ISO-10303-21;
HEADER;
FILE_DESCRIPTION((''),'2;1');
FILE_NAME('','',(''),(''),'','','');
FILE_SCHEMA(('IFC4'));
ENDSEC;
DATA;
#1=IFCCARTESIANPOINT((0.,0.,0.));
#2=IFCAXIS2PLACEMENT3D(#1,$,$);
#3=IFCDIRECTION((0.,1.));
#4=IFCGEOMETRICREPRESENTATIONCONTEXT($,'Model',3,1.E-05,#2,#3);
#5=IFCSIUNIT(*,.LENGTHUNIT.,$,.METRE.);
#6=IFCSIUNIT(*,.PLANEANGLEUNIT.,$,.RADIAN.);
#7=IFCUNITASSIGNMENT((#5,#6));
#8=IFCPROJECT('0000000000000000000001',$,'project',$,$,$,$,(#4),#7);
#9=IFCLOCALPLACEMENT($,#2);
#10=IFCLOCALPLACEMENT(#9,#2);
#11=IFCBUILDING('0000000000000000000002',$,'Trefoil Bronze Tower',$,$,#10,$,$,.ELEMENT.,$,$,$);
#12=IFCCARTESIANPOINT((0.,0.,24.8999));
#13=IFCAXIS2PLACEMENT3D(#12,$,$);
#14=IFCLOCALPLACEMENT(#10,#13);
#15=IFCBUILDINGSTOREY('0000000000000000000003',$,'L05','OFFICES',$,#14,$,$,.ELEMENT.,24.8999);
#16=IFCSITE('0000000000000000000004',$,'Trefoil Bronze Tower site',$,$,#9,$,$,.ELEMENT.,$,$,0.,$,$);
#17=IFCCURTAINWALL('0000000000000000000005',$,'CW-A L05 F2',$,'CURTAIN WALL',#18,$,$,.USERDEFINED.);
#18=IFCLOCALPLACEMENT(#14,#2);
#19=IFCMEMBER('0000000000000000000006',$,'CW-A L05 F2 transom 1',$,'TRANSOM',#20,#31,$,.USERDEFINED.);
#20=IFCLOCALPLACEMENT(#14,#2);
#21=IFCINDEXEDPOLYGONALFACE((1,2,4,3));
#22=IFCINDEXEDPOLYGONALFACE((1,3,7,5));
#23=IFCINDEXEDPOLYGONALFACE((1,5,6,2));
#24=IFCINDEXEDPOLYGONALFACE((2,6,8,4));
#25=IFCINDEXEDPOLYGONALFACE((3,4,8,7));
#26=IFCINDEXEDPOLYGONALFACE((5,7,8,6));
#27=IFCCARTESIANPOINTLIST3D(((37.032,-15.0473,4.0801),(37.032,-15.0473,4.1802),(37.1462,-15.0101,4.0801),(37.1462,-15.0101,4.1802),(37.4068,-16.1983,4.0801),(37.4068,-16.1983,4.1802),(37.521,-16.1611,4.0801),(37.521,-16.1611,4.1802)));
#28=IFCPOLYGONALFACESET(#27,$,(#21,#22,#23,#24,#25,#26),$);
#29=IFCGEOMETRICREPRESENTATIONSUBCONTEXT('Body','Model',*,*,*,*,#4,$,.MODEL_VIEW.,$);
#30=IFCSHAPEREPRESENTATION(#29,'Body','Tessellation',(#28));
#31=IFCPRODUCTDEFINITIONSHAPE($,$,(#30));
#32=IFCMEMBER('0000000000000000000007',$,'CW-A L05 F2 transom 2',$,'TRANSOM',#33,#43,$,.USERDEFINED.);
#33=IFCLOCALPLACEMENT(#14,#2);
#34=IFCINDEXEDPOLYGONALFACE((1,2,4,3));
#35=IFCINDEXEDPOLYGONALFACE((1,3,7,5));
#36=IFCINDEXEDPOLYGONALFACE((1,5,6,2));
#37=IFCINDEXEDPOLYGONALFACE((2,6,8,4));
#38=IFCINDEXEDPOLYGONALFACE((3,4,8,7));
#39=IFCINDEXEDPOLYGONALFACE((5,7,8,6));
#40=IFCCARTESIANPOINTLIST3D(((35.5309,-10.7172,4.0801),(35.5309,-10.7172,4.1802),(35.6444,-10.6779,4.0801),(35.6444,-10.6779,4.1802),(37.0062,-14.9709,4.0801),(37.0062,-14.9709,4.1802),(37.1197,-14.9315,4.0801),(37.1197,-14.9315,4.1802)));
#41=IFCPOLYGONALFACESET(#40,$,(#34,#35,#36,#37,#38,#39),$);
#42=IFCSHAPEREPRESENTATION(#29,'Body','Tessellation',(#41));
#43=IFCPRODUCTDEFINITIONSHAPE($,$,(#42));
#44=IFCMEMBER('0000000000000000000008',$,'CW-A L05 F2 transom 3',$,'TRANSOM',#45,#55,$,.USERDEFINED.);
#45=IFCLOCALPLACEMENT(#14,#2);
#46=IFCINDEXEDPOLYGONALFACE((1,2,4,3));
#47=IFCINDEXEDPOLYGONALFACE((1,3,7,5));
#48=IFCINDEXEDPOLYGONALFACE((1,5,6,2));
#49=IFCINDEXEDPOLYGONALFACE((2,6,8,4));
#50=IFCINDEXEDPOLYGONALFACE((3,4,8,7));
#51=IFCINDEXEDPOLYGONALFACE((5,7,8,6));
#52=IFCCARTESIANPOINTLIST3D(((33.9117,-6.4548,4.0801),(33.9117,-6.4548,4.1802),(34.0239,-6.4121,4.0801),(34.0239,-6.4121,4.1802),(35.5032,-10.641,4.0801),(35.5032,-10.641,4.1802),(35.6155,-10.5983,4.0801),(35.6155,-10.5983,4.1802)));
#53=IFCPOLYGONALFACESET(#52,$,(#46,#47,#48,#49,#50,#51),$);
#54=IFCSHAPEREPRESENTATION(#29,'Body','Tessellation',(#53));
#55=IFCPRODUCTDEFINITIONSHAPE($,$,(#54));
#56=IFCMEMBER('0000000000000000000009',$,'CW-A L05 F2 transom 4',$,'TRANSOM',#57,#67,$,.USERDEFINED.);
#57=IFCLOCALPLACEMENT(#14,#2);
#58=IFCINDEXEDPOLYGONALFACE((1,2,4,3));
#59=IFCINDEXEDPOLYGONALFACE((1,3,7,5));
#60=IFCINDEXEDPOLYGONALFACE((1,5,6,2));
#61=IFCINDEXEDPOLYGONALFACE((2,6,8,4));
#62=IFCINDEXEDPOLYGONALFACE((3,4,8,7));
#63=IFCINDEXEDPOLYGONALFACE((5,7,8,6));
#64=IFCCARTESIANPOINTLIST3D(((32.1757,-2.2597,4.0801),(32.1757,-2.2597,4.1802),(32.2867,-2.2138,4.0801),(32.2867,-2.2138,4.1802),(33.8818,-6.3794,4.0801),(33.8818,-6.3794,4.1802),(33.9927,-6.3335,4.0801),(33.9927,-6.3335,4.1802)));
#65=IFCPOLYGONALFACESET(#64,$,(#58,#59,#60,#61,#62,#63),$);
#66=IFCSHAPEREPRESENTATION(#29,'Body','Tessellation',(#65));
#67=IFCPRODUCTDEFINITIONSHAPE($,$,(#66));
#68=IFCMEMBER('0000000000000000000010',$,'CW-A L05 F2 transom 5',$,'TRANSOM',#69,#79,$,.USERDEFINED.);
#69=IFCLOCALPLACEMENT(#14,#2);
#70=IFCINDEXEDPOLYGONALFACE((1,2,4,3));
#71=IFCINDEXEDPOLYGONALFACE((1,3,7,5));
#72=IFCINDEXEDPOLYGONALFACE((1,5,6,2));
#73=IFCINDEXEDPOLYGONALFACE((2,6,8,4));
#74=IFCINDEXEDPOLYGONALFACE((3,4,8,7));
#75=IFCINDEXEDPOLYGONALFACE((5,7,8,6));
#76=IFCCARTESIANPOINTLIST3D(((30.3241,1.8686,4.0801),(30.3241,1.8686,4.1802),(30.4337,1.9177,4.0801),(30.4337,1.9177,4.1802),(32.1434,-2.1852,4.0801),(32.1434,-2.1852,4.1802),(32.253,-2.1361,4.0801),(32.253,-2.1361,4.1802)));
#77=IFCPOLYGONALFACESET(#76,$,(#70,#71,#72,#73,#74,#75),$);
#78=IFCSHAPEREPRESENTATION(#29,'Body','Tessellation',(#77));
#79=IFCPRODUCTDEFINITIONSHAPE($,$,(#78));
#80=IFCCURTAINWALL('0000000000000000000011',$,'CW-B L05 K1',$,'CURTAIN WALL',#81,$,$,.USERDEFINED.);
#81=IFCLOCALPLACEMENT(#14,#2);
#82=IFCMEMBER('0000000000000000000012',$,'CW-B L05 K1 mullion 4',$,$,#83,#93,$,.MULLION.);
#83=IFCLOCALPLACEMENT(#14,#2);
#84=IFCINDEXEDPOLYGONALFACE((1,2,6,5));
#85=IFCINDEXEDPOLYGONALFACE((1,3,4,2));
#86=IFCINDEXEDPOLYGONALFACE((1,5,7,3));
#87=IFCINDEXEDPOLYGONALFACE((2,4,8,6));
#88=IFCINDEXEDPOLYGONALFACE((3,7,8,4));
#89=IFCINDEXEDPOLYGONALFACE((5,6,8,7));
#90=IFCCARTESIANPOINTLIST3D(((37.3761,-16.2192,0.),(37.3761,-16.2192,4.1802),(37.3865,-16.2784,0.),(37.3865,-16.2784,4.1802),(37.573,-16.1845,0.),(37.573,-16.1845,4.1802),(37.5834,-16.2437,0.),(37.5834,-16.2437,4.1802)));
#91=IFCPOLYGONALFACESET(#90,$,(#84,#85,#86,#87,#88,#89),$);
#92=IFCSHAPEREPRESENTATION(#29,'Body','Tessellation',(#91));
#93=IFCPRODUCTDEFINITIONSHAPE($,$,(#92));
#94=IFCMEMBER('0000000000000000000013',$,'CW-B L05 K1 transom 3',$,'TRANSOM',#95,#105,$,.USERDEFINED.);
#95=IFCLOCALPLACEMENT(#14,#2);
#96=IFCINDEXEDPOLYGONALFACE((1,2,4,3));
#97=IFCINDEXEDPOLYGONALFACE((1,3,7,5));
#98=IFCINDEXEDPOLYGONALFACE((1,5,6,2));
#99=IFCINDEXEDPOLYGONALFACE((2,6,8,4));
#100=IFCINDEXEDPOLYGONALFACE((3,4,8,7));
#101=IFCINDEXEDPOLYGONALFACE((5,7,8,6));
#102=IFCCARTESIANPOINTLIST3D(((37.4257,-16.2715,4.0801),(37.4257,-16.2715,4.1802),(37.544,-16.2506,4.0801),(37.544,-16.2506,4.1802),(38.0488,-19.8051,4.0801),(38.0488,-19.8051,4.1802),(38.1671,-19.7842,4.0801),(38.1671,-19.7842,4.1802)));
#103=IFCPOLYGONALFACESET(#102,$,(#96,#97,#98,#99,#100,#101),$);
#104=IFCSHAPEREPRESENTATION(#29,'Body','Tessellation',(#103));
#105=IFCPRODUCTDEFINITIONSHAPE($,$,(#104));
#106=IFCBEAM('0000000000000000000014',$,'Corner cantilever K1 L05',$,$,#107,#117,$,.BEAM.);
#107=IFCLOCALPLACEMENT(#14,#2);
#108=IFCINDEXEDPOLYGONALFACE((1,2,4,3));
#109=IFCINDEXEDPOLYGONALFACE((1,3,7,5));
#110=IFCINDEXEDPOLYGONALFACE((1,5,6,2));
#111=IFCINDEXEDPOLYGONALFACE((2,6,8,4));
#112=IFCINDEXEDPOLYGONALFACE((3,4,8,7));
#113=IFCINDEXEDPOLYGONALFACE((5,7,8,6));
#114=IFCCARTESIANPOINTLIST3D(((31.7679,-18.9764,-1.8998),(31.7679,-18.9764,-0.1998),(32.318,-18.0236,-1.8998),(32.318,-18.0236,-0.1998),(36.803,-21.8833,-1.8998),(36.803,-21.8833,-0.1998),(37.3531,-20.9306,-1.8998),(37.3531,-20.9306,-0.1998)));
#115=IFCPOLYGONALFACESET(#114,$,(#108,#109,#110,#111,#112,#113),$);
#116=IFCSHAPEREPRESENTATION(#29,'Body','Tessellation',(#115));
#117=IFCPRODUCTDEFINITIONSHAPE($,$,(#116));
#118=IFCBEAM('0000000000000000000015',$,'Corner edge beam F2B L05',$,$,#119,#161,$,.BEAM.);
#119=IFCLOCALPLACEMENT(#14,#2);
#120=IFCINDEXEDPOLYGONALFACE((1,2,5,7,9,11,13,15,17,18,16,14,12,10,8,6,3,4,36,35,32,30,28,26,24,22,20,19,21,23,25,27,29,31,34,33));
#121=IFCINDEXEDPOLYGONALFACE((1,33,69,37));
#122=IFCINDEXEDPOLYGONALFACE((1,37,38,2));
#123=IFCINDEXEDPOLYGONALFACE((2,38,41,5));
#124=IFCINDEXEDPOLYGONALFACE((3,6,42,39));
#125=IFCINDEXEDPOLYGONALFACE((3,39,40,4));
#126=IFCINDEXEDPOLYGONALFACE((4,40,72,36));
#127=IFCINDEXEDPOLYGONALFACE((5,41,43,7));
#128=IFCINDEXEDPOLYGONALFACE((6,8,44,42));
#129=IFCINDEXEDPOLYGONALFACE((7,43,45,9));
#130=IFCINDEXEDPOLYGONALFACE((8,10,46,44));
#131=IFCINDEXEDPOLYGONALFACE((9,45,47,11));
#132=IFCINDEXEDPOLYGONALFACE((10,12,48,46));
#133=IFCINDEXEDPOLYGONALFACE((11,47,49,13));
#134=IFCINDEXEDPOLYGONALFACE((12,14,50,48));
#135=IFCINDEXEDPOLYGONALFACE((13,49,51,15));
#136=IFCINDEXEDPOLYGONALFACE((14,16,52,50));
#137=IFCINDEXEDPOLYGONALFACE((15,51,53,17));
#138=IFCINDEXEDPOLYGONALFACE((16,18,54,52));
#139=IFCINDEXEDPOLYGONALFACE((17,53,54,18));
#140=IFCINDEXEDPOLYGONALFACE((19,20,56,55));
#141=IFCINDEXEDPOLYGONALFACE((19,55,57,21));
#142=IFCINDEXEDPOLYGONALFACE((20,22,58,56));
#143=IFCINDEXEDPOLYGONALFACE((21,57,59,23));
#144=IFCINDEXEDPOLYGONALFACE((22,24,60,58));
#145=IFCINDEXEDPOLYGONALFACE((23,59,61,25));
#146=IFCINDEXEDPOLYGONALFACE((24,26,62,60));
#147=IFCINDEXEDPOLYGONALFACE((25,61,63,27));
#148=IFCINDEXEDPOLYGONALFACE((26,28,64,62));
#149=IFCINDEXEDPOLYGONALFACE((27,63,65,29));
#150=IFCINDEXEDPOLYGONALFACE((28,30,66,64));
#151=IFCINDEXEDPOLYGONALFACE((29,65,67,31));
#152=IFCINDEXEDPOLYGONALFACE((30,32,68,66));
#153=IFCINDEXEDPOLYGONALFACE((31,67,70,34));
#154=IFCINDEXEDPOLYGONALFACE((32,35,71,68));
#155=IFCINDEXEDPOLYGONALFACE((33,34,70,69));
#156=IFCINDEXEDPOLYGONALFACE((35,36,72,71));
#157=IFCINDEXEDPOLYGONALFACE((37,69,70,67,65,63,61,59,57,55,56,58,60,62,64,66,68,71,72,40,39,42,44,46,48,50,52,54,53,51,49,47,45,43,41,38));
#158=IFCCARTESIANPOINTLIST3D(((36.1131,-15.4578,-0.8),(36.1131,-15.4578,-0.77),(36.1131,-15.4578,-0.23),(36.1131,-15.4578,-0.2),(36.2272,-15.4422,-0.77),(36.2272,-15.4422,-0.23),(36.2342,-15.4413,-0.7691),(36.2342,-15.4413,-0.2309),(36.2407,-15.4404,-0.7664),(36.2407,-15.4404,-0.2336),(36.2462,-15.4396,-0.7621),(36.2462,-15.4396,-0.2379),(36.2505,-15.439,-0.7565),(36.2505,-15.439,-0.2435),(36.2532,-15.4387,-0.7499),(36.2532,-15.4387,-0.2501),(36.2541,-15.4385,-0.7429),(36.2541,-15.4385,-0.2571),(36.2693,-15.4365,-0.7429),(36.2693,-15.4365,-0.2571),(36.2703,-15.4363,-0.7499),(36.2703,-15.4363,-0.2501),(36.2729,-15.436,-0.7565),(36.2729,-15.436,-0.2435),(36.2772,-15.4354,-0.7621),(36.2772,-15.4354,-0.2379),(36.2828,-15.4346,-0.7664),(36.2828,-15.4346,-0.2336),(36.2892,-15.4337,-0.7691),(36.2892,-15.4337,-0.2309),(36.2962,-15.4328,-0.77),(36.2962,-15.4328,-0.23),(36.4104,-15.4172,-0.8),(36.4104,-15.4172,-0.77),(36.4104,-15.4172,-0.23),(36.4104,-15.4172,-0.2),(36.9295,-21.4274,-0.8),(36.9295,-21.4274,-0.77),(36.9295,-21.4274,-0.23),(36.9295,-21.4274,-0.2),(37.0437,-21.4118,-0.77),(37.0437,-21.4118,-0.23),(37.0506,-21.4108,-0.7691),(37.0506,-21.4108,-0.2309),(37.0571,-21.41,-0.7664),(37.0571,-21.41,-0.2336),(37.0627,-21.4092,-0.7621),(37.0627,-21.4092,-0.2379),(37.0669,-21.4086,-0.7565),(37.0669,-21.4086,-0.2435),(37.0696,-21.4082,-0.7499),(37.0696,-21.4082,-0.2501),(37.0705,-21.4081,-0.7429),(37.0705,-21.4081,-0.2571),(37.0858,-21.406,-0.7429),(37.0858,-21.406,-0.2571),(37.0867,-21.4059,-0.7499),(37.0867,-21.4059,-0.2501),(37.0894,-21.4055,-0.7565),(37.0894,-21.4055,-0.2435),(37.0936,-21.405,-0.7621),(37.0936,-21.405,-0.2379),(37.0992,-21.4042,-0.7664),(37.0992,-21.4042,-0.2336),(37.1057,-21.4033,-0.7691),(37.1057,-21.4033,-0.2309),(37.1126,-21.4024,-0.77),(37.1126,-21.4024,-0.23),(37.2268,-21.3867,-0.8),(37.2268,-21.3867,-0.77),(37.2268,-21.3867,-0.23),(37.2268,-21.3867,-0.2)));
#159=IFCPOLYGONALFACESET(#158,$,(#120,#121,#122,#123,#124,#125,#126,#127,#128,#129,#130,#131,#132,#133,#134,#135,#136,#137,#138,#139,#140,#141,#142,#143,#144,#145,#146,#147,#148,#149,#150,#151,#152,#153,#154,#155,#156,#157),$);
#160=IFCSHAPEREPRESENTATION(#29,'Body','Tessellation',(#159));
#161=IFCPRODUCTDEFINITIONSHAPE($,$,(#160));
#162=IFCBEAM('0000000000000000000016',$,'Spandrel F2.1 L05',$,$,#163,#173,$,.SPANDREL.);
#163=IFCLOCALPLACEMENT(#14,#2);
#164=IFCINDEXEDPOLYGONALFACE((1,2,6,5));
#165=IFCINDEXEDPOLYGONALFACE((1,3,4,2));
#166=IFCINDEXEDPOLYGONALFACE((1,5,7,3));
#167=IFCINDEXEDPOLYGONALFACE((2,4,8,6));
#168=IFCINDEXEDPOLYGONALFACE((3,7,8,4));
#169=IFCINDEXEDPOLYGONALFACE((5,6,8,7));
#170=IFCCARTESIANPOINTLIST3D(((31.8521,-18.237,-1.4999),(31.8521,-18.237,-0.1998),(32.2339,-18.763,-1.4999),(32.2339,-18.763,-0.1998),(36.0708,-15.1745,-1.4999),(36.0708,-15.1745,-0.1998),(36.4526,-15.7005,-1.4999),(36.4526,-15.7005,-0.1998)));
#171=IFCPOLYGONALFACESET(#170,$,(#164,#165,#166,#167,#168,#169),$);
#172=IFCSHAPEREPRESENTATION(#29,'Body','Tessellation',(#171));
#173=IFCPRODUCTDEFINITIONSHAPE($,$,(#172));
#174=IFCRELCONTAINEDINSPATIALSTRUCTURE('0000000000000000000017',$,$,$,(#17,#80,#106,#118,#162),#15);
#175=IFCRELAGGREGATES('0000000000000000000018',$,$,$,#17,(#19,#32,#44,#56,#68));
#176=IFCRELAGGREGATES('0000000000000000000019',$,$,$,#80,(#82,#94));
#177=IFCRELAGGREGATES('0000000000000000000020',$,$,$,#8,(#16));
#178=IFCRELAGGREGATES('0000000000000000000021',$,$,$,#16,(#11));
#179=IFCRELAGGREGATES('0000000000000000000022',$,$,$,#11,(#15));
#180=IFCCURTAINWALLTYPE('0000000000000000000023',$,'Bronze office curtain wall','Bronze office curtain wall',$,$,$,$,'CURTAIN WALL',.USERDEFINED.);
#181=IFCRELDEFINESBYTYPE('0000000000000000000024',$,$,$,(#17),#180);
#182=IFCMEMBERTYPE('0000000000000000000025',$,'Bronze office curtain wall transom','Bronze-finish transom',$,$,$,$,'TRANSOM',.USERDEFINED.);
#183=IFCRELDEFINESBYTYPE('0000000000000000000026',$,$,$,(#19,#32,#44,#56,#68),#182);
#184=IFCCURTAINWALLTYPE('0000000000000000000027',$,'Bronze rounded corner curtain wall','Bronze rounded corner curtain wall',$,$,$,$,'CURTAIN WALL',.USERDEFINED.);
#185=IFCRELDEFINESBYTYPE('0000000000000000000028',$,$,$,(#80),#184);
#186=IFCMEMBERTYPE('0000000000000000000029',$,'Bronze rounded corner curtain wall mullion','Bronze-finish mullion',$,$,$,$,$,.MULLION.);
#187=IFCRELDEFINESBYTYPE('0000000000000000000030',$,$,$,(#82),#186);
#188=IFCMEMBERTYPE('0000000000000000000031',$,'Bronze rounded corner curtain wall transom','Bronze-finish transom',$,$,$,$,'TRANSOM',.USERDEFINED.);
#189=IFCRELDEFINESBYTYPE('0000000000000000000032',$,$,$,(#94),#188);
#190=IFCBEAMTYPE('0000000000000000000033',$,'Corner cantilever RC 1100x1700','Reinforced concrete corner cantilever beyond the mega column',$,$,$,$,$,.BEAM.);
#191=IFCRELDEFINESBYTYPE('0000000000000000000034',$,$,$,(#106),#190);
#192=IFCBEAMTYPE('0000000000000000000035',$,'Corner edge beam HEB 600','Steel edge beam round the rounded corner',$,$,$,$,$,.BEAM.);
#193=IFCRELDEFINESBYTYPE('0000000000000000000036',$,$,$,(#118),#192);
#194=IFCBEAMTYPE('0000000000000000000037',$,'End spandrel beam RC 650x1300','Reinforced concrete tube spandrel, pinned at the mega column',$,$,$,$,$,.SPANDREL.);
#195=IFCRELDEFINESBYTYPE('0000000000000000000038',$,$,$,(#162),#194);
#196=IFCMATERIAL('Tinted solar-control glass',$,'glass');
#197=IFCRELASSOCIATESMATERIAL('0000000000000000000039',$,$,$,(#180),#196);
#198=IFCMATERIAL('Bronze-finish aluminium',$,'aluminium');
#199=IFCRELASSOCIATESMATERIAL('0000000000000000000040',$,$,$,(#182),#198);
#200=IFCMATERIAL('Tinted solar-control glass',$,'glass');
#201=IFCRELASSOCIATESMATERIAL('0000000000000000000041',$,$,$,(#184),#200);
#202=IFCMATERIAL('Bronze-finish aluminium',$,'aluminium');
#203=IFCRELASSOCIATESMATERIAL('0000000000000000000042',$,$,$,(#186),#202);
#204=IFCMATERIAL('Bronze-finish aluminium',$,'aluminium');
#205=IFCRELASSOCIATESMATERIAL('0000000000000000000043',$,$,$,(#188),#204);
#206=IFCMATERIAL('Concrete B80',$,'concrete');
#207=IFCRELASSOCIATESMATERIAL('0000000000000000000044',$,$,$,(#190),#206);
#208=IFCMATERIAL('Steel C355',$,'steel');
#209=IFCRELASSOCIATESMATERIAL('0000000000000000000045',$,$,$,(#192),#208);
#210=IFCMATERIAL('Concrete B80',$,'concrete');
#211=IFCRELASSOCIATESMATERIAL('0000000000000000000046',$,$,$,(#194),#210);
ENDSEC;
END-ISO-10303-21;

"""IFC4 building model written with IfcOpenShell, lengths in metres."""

from ifc_helpers import new_model, si_unit, direction, frame, origin, origin_2d, place, context, subcontext, project, spatial, rectangle, i_section, extrude, material, material_profile, profile_set, type_object, element, aggregate, save


model = new_model("IFC4")

# Units and contexts
model_context = context("Model", 3, precision=1e-05, world=origin(), true_north=direction((0.0, 1.0)))
body_context = subcontext(model_context, "Body", "Model", "MODEL_VIEW")
ifc_project = project(units=[si_unit("LENGTHUNIT", "METRE"), si_unit("PLANEANGLEUNIT", "RADIAN")], contexts=[model_context])

# Site, building, storey
site_placement = place(None, origin())
site = spatial("IfcSite", under=ifc_project, at=site_placement, Name="Trefoil Bronze Tower site", CompositionType="ELEMENT", RefElevation=0.0)
building_placement = place(site_placement, origin())
building = spatial("IfcBuilding", under=site, at=building_placement, Name="Trefoil Bronze Tower", CompositionType="ELEMENT")
storey_placement = place(building_placement, frame((0.0, 0.0, 24.8999)))
storey = spatial("IfcBuildingStorey", under=building, at=storey_placement, Name="L05", Description="OFFICES", CompositionType="ELEMENT", Elevation=24.8999)

# Curtain walls, members
ifc_material_1 = material(Name="Tinted solar-control glass", Category="glass")
curtain_wall_type_1 = type_object("IfcCurtainWallType", Name="Bronze office curtain wall", Description="Bronze office curtain wall", ElementType="CURTAIN WALL", PredefinedType="USERDEFINED", material=ifc_material_1)
curtain_wall_1_placement = place(storey_placement, origin())
curtain_wall_1 = element("IfcCurtainWall", 1, at=curtain_wall_1_placement, inside=storey, type_object=curtain_wall_type_1, Name="CW-A L05 F2", ObjectType="CURTAIN WALL", PredefinedType="USERDEFINED")
ifc_material_2 = material(Name="Bronze-finish aluminium", Category="aluminium")
ifc_material_profile_1 = material_profile(ifc_material_2, rectangle(XDim=0.1201, YDim=0.1001, at=origin_2d()), Name="CW-A transom")
ifc_profile_set_1 = profile_set([ifc_material_profile_1], Name="Bronze-finish aluminium")
member_type_1 = type_object("IfcMemberType", Name="Bronze office curtain wall transom", Description="Bronze-finish transom", ElementType="TRANSOM", PredefinedType="USERDEFINED", material=ifc_profile_set_1)
member_1_placement = place(storey_placement, frame((37.4639, -16.1797, 4.1301), z_axis=(-0.309624, 0.950859, 0.0), x_axis=(-0.950859, -0.309624, 0.0)))
member_1 = element("IfcMember", 2, at=member_1_placement, type_object=member_type_1, Name="CW-A L05 F2 transom 1", ObjectType="TRANSOM", PredefinedType="USERDEFINED", context=body_context, shape_type="SweptSolid", body=[
    extrude(rectangle(XDim=0.1201, YDim=0.1001, at=origin_2d()), origin(), (0.0, 0.0, 1.0), 1.2104),
])
member_2_placement = place(storey_placement, frame((37.063, -14.9512, 4.1301), z_axis=(-0.32769, 0.944785, 0.0), x_axis=(-0.944785, -0.32769, 0.0)))
member_2 = element("IfcMember", 3, at=member_2_placement, type_object=member_type_1, Name="CW-A L05 F2 transom 2", ObjectType="TRANSOM", PredefinedType="USERDEFINED", context=body_context, shape_type="SweptSolid", body=[
    extrude(rectangle(XDim=0.1201, YDim=0.1001, at=origin_2d()), origin(), (0.0, 0.0, 1.0), 4.5022),
])
member_3_placement = place(storey_placement, frame((35.5593, -10.6196, 4.1301), z_axis=(-0.355367, 0.934727, 0.0), x_axis=(-0.934727, -0.355367, 0.0)))
member_3 = element("IfcMember", 4, at=member_3_placement, type_object=member_type_1, Name="CW-A L05 F2 transom 3", ObjectType="TRANSOM", PredefinedType="USERDEFINED", context=body_context, shape_type="SweptSolid", body=[
    extrude(rectangle(XDim=0.1201, YDim=0.1001, at=origin_2d()), origin(), (0.0, 0.0, 1.0), 4.4785),
])
member_4_placement = place(storey_placement, frame((33.9373, -6.3564, 4.1301), z_axis=(-0.382616, 0.923907, 0.0), x_axis=(-0.923907, -0.382616, 0.0)))
member_4 = element("IfcMember", 5, at=member_4_placement, type_object=member_type_1, Name="CW-A L05 F2 transom 4", ObjectType="TRANSOM", PredefinedType="USERDEFINED", context=body_context, shape_type="SweptSolid", body=[
    extrude(rectangle(XDim=0.1201, YDim=0.1001, at=origin_2d()), origin(), (0.0, 0.0, 1.0), 4.459),
])
member_5_placement = place(storey_placement, frame((32.1982, -2.1606, 4.1301), z_axis=(-0.40946, 0.912328, 0.0), x_axis=(-0.912328, -0.40946, 0.0)))
member_5 = element("IfcMember", 6, at=member_5_placement, type_object=member_type_1, Name="CW-A L05 F2 transom 5", ObjectType="TRANSOM", PredefinedType="USERDEFINED", context=body_context, shape_type="SweptSolid", body=[
    extrude(rectangle(XDim=0.1201, YDim=0.1001, at=origin_2d()), origin(), (0.0, 0.0, 1.0), 4.4434),
])
ifc_material_3 = material(Name="Tinted solar-control glass", Category="glass")
curtain_wall_type_2 = type_object("IfcCurtainWallType", Name="Bronze rounded corner curtain wall", Description="Bronze rounded corner curtain wall", ElementType="CURTAIN WALL", PredefinedType="USERDEFINED", material=ifc_material_3)
curtain_wall_2_placement = place(storey_placement, origin())
curtain_wall_2 = element("IfcCurtainWall", 7, at=curtain_wall_2_placement, inside=storey, type_object=curtain_wall_type_2, Name="CW-B L05 K1", ObjectType="CURTAIN WALL", PredefinedType="USERDEFINED")
ifc_material_4 = material(Name="Bronze-finish aluminium", Category="aluminium")
ifc_material_profile_2 = material_profile(ifc_material_4, rectangle(XDim=0.2, YDim=0.0601, at=origin_2d()), Name="CW-B mullion")
ifc_profile_set_2 = profile_set([ifc_material_profile_2], Name="Bronze-finish aluminium")
member_type_2 = type_object("IfcMemberType", Name="Bronze rounded corner curtain wall mullion", Description="Bronze-finish mullion", PredefinedType="MULLION", material=ifc_profile_set_2)
member_6_placement = place(storey_placement, frame((37.4797, -16.2314, 0.0), z_axis=(0.0, 0.0, 1.0), x_axis=(-0.984808, -0.173648, 0.0)))
member_6 = element("IfcMember", 8, at=member_6_placement, type_object=member_type_2, Name="CW-B L05 K1 mullion 4", PredefinedType="MULLION", context=body_context, shape_type="SweptSolid", body=[
    extrude(rectangle(XDim=0.2, YDim=0.0601, at=origin_2d()), origin(), (0.0, 0.0, 1.0), 4.1802),
])
ifc_material_5 = material(Name="Bronze-finish aluminium", Category="aluminium")
ifc_material_profile_3 = material_profile(ifc_material_5, rectangle(XDim=0.1201, YDim=0.1001, at=origin_2d()), Name="CW-B transom")
ifc_profile_set_3 = profile_set([ifc_material_profile_3], Name="Bronze-finish aluminium")
member_type_3 = type_object("IfcMemberType", Name="Bronze rounded corner curtain wall transom", Description="Bronze-finish transom", ElementType="TRANSOM", PredefinedType="USERDEFINED", material=ifc_profile_set_3)
member_7_placement = place(storey_placement, frame((38.1079, -19.7947, 4.1301), z_axis=(-0.173638, 0.98481, 0.0), x_axis=(-0.98481, -0.173638, 0.0)))
member_7 = element("IfcMember", 9, at=member_7_placement, type_object=member_type_3, Name="CW-B L05 K1 transom 3", ObjectType="TRANSOM", PredefinedType="USERDEFINED", context=body_context, shape_type="SweptSolid", body=[
    extrude(rectangle(XDim=0.1201, YDim=0.1001, at=origin_2d()), origin(), (0.0, 0.0, 1.0), 3.5881),
])

# Beams
ifc_material_6 = material(Name="Concrete B80", Category="concrete")
ifc_material_profile_4 = material_profile(ifc_material_6, rectangle(XDim=1.1001, YDim=1.7, at=origin_2d()), Name="RC 1100x1700")
ifc_profile_set_4 = profile_set([ifc_material_profile_4], Name="Concrete B80")
beam_type_1 = type_object("IfcBeamType", Name="Corner cantilever RC 1100x1700", Description="Reinforced concrete corner cantilever beyond the mega column", PredefinedType="BEAM", material=ifc_profile_set_4)
beam_1_placement = place(storey_placement, frame((32.043, -18.5, -1.0498), z_axis=(0.86603, -0.499991, 0.0), x_axis=(0.499991, 0.86603, 0.0)))
element("IfcBeam", 10, at=beam_1_placement, inside=storey, type_object=beam_type_1, Name="Corner cantilever K1 L05", PredefinedType="BEAM", context=body_context, shape_type="SweptSolid", body=[
    extrude(rectangle(XDim=1.1001, YDim=1.7, at=origin_2d()), origin(), (0.0, 0.0, 1.0), 5.814),
])
ifc_material_7 = material(Name="Steel C355", Category="steel")
ifc_material_profile_5 = material_profile(ifc_material_7, i_section(OverallWidth=0.3, OverallDepth=0.6001, WebThickness=0.0154, FlangeThickness=0.03, FilletRadius=0.0271, at=origin_2d()), Name="HEB 600")
ifc_profile_set_5 = profile_set([ifc_material_profile_5], Name="Steel C355")
beam_type_2 = type_object("IfcBeamType", Name="Corner edge beam HEB 600", Description="Steel edge beam round the rounded corner", PredefinedType="BEAM", material=ifc_profile_set_5)
beam_2_placement = place(storey_placement, frame((36.2617, -15.4375, -0.5), z_axis=(0.135502, -0.990777, 0.0), x_axis=(0.990777, 0.135502, 0.0)))
element("IfcBeam", 11, at=beam_2_placement, inside=storey, type_object=beam_type_2, Name="Corner edge beam F2B L05", PredefinedType="BEAM", context=body_context, shape_type="SweptSolid", body=[
    extrude(i_section(OverallWidth=0.3, OverallDepth=0.6001, WebThickness=0.0154, FlangeThickness=0.03, FilletRadius=0.0271, at=origin_2d()), origin(), (0.0, 0.0, 1.0), 6.0251),
])
ifc_material_8 = material(Name="Concrete B80", Category="concrete")
ifc_material_profile_6 = material_profile(ifc_material_8, rectangle(XDim=0.6499, YDim=1.3, at=origin_2d()), Name="RC 650x1300")
ifc_profile_set_6 = profile_set([ifc_material_profile_6], Name="Concrete B80")
beam_type_3 = type_object("IfcBeamType", Name="End spandrel beam RC 650x1300", Description="Reinforced concrete tube spandrel, pinned at the mega column", PredefinedType="SPANDREL", material=ifc_profile_set_6)
beam_3_placement = place(storey_placement, frame((32.043, -18.5, -0.8499), z_axis=(0.809254, 0.587459, 0.0), x_axis=(-0.587459, 0.809254, 0.0)))
element("IfcBeam", 12, at=beam_3_placement, inside=storey, type_object=beam_type_3, Name="Spandrel F2.1 L05", PredefinedType="SPANDREL", context=body_context, shape_type="SweptSolid", body=[
    extrude(rectangle(XDim=0.6499, YDim=1.3, at=origin_2d()), origin(), (0.0, 0.0, 1.0), 5.2131),
])

aggregate(curtain_wall_1, [member_1, member_2, member_3, member_4, member_5])
aggregate(curtain_wall_2, [member_6, member_7])

save(model, "model.ifc")
